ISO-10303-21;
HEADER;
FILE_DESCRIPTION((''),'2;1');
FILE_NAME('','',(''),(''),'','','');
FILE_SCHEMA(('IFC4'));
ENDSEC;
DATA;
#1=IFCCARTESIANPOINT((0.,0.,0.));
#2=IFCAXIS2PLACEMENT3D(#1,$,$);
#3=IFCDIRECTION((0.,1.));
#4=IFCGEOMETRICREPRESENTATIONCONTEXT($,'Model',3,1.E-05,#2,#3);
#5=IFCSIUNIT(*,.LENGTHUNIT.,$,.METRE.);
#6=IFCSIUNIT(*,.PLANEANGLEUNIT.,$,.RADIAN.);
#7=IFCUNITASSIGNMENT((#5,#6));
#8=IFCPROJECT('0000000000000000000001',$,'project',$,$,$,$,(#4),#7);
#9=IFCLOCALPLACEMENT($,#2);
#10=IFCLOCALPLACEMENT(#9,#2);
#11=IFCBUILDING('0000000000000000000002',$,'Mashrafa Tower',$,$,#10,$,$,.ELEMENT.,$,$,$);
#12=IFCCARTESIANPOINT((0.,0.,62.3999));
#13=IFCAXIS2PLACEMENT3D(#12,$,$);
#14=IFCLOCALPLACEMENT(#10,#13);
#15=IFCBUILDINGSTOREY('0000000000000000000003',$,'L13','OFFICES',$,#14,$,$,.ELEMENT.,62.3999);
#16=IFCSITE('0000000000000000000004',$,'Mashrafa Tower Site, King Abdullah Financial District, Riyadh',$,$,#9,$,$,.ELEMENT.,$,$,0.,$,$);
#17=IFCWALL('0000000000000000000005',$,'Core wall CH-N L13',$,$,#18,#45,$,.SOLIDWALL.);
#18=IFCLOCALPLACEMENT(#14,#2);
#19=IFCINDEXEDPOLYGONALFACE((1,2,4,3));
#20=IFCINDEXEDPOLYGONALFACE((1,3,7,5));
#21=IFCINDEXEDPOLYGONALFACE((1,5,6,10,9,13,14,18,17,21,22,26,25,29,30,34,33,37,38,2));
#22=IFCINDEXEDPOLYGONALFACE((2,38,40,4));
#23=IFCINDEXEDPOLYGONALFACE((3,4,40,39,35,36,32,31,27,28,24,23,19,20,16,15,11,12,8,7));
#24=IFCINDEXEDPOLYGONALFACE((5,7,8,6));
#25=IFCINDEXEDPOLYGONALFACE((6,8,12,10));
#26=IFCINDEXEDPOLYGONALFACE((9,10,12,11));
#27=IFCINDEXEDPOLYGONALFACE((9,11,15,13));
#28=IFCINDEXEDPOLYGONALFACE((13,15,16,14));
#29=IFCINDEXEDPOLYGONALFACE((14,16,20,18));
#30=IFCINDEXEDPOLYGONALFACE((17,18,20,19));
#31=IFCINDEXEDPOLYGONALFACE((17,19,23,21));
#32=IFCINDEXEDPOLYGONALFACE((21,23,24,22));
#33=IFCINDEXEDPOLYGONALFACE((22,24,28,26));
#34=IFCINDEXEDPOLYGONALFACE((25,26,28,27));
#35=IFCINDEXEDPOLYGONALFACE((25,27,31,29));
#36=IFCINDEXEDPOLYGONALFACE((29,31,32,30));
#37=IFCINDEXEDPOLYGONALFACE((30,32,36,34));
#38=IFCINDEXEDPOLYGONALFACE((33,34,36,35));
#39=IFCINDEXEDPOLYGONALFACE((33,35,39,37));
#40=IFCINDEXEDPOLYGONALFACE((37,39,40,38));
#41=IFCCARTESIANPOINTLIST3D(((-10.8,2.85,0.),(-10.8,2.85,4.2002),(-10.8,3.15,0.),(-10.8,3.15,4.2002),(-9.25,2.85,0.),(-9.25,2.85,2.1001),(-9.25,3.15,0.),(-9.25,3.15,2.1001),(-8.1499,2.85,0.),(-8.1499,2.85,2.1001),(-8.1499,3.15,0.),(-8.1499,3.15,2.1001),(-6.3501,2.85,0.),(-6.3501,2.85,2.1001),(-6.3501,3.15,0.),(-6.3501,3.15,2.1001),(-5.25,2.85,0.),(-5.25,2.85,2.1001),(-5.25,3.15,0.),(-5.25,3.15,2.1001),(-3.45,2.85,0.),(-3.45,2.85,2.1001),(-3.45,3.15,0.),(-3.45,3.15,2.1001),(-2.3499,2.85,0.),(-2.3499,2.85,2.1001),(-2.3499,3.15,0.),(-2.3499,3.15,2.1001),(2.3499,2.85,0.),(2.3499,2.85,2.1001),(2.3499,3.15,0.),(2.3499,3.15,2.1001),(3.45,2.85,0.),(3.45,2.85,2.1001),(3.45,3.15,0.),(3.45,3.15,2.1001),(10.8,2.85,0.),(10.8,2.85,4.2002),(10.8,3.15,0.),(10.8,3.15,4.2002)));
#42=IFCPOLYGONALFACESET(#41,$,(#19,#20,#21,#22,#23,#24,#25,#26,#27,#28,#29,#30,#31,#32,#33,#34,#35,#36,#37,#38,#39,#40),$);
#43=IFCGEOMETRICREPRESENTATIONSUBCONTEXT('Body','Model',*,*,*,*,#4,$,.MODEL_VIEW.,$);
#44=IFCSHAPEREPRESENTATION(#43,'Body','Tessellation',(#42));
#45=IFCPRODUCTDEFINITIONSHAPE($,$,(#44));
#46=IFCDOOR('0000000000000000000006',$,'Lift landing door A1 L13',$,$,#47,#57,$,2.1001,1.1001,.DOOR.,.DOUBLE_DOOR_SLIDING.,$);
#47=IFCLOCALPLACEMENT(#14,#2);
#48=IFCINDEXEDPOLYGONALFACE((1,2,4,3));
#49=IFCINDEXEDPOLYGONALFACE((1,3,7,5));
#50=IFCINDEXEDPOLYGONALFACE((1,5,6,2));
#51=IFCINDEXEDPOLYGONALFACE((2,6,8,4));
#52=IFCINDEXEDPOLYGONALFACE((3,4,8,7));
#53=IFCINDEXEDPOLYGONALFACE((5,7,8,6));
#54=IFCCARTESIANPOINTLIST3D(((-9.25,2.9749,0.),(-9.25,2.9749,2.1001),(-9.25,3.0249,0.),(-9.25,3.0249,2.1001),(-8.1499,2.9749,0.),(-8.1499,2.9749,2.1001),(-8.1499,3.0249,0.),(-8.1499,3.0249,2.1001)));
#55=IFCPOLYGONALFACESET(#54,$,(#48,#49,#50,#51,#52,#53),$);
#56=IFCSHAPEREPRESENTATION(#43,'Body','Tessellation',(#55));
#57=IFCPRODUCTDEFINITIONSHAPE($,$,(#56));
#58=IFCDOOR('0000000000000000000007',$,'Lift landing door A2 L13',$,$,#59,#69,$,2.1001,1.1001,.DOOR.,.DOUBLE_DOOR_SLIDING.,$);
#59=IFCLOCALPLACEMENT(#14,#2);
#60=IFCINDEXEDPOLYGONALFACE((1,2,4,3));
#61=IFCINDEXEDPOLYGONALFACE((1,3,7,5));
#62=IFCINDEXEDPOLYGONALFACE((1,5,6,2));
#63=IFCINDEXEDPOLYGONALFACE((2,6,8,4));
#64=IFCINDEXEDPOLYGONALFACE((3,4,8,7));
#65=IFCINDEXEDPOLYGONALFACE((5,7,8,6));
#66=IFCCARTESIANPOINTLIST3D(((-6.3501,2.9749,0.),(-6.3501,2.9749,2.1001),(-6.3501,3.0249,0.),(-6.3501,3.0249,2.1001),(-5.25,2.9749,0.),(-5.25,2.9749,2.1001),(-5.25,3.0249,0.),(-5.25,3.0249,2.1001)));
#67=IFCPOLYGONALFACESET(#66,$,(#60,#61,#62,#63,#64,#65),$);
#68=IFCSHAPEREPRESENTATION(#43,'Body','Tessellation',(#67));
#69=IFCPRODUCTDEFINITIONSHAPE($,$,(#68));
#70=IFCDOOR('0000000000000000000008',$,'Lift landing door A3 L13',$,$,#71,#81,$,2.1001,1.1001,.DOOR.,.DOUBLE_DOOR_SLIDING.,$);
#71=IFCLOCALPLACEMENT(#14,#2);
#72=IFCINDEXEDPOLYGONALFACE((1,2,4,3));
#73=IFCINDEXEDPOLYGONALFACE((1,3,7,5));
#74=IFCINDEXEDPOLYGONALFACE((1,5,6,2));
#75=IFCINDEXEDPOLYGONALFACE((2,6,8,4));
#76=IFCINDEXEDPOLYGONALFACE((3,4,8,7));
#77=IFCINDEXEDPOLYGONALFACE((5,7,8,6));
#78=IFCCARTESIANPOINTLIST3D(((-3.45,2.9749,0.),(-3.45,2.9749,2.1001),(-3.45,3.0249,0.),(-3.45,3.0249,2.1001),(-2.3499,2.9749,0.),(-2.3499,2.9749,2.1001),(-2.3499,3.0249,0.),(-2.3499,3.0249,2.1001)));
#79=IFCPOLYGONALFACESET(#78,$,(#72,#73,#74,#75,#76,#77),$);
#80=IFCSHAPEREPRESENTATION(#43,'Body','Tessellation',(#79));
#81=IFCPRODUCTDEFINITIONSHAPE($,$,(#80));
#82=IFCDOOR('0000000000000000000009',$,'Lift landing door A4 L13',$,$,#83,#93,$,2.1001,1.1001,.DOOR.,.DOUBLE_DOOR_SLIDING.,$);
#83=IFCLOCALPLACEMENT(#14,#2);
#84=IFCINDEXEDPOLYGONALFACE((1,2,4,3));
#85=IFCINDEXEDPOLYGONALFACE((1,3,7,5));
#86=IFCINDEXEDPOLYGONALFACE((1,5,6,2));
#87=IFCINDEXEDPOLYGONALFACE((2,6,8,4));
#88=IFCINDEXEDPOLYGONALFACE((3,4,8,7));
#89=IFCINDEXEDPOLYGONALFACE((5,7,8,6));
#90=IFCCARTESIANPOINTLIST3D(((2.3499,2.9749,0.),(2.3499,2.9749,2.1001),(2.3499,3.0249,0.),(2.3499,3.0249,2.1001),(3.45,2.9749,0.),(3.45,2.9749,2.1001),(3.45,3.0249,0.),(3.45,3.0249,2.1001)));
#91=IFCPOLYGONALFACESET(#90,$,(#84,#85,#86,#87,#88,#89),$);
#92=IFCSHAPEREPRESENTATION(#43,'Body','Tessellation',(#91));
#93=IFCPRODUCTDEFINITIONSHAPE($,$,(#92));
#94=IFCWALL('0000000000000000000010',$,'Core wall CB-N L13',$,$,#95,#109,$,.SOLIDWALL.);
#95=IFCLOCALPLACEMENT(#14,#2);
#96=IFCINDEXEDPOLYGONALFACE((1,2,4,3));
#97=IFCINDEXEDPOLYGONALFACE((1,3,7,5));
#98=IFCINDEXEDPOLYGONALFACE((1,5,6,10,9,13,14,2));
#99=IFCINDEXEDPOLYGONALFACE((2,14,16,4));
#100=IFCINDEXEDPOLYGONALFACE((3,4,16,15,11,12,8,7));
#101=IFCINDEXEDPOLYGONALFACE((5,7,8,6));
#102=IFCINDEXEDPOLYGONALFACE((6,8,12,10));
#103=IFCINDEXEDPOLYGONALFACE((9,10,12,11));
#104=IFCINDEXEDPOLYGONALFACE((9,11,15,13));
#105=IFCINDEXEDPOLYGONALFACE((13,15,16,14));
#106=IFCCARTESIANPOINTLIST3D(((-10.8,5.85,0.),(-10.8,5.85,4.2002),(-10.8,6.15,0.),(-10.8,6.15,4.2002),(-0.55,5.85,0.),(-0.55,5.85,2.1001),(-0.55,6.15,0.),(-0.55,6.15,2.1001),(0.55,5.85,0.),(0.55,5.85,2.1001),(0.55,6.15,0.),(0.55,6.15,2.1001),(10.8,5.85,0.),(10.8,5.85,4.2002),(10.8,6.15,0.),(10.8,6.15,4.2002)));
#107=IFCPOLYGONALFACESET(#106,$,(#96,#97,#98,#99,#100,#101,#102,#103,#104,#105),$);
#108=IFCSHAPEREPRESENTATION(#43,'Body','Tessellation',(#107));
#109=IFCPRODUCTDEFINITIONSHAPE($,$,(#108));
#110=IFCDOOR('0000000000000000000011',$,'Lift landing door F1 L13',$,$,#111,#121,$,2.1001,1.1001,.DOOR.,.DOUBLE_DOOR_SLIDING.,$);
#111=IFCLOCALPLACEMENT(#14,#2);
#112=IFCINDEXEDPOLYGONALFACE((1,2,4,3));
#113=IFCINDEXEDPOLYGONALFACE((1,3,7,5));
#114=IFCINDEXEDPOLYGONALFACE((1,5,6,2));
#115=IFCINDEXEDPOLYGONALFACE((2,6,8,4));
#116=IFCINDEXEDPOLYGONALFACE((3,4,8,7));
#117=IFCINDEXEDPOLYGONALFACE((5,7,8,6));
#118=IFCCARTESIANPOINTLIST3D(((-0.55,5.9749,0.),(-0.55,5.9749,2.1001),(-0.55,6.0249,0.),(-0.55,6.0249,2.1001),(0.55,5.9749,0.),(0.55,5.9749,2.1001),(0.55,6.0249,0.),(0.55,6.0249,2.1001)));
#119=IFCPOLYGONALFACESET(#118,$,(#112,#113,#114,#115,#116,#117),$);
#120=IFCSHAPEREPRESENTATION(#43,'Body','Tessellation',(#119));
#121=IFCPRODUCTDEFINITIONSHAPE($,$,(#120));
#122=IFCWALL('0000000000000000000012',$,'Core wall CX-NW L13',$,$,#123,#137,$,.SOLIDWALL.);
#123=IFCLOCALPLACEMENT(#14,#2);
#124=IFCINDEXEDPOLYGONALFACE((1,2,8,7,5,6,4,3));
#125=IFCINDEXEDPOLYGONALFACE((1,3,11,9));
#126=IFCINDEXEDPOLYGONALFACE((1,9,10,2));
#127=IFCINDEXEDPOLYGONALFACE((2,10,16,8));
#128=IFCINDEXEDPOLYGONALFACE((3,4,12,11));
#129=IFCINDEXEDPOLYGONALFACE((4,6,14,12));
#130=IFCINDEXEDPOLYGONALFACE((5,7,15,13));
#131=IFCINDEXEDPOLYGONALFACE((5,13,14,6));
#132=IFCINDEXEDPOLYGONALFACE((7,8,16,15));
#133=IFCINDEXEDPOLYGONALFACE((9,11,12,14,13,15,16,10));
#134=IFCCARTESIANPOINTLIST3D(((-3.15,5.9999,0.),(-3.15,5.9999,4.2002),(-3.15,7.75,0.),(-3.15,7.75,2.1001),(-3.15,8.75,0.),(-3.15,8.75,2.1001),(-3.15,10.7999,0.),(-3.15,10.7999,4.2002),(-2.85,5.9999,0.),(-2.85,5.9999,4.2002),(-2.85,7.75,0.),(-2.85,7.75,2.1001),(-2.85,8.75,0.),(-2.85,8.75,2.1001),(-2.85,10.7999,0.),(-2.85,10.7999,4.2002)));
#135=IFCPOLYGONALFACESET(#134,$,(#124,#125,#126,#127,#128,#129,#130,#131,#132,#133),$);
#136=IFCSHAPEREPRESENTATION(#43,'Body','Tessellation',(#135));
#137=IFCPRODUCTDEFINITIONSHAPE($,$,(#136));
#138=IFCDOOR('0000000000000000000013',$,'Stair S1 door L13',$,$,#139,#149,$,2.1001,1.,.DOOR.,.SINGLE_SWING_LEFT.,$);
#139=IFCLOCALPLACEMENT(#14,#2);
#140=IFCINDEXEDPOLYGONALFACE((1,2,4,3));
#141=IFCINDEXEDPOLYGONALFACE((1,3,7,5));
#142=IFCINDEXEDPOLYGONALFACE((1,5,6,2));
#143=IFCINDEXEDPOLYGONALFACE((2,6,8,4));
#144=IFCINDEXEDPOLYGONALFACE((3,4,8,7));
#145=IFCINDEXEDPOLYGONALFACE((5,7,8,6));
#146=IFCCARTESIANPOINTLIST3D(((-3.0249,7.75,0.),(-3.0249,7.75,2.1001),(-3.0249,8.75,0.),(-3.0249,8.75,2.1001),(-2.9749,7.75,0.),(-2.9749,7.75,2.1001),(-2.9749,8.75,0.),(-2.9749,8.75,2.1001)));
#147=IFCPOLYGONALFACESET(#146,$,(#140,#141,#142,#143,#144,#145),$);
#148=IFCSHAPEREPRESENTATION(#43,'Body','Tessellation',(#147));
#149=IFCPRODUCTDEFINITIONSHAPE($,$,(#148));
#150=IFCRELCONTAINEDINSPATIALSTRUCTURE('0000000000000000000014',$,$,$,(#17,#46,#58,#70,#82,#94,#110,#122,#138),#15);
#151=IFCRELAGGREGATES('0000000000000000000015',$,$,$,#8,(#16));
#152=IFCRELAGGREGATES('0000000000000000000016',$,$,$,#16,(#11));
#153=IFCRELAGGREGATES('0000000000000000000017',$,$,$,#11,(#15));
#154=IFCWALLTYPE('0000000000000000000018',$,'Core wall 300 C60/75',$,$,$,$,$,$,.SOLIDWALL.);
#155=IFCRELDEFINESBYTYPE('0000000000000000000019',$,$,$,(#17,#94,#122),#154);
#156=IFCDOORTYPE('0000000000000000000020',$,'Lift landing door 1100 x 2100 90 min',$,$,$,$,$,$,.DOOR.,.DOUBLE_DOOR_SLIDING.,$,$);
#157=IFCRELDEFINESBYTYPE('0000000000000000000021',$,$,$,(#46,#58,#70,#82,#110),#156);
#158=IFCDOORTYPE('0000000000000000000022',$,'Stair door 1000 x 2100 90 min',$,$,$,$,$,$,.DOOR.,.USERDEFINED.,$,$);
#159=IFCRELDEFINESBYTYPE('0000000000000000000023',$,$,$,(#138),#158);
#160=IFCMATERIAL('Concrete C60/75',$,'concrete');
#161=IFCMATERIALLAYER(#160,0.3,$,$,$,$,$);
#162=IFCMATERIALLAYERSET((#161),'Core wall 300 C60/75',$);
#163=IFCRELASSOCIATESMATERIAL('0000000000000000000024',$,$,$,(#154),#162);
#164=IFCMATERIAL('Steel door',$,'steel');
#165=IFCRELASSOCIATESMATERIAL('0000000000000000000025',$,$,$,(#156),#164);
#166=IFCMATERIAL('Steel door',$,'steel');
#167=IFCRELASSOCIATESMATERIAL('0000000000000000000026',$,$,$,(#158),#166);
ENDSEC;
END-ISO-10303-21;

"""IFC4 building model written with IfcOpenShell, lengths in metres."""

from ifc_helpers import new_model, si_unit, direction, frame, frame_2d, origin, place, context, subcontext, project, spatial, rectangle, extrude, material, layer, layer_set, type_object, element, fill, save


model = new_model("IFC4")

# Units and contexts
model_context = context("Model", 3, precision=1e-05, world=origin(), true_north=direction((0.0, 1.0)))
body_context = subcontext(model_context, "Body", "Model", "MODEL_VIEW")
ifc_project = project(units=[si_unit("LENGTHUNIT", "METRE"), si_unit("PLANEANGLEUNIT", "RADIAN")], contexts=[model_context])

# Site, building, storey
site_placement = place(None, origin())
site = spatial("IfcSite", under=ifc_project, at=site_placement, Name="Mashrafa Tower Site, King Abdullah Financial District, Riyadh", CompositionType="ELEMENT", RefElevation=0.0)
building_placement = place(site_placement, origin())
building = spatial("IfcBuilding", under=site, at=building_placement, Name="Mashrafa Tower", CompositionType="ELEMENT")
storey_placement = place(building_placement, frame((0.0, 0.0, 62.3999)))
storey = spatial("IfcBuildingStorey", under=building, at=storey_placement, Name="L13", Description="OFFICES", CompositionType="ELEMENT", Elevation=62.3999)

# Wall, openings, doors
ifc_material_1 = material(Name="Concrete C60/75", Category="concrete")
ifc_layer_1 = layer(ifc_material_1, 0.3)
ifc_layer_set_1 = layer_set([ifc_layer_1], Name="Core wall 300 C60/75")
wall_type_1 = type_object("IfcWallType", Name="Core wall 300 C60/75", PredefinedType="SOLIDWALL", material=ifc_layer_set_1)
wall_1_placement = place(storey_placement, frame((-10.8, 3.0, 0.0), z_axis=(0.0, 0.0, 1.0), x_axis=(1.0, 0.0, 0.0)))
wall_1 = element("IfcWall", 1, at=wall_1_placement, inside=storey, type_object=wall_type_1, Name="Core wall CH-N L13", PredefinedType="SOLIDWALL", context=body_context, shape_type="SweptSolid", body=[
    extrude(rectangle(XDim=21.6001, YDim=0.3, at=frame_2d((10.8, 0.0))), origin(), (0.0, 0.0, 1.0), 4.2002),
])
opening_1_placement = place(wall_1_placement, frame((1.55, 0.0, 0.0)))
opening_1 = element("IfcOpeningElement", 2, at=opening_1_placement, cuts=wall_1, PredefinedType="OPENING", context=body_context, shape_type="SweptSolid", body=[
    extrude(rectangle(XDim=1.1001, YDim=2.1001, at=frame_2d((0.55, 1.05))), frame((0.0, 0.1599, 0.0), z_axis=(0.0, -1.0, 0.0), x_axis=(1.0, 0.0, 0.0)), (0.0, 0.0, 1.0), 0.3201),
])
opening_2_placement = place(wall_1_placement, frame((4.45, 0.0, 0.0)))
opening_2 = element("IfcOpeningElement", 3, at=opening_2_placement, cuts=wall_1, PredefinedType="OPENING", context=body_context, shape_type="SweptSolid", body=[
    extrude(rectangle(XDim=1.1001, YDim=2.1001, at=frame_2d((0.55, 1.05))), frame((0.0, 0.1599, 0.0), z_axis=(0.0, -1.0, 0.0), x_axis=(1.0, 0.0, 0.0)), (0.0, 0.0, 1.0), 0.3201),
])
opening_3_placement = place(wall_1_placement, frame((7.3501, 0.0, 0.0)))
opening_3 = element("IfcOpeningElement", 4, at=opening_3_placement, cuts=wall_1, PredefinedType="OPENING", context=body_context, shape_type="SweptSolid", body=[
    extrude(rectangle(XDim=1.1001, YDim=2.1001, at=frame_2d((0.55, 1.05))), frame((0.0, 0.1599, 0.0), z_axis=(0.0, -1.0, 0.0), x_axis=(1.0, 0.0, 0.0)), (0.0, 0.0, 1.0), 0.3201),
])
opening_4_placement = place(wall_1_placement, frame((13.1499, 0.0, 0.0)))
opening_4 = element("IfcOpeningElement", 5, at=opening_4_placement, cuts=wall_1, PredefinedType="OPENING", context=body_context, shape_type="SweptSolid", body=[
    extrude(rectangle(XDim=1.1001, YDim=2.1001, at=frame_2d((0.55, 1.05))), frame((0.0, 0.1599, 0.0), z_axis=(0.0, -1.0, 0.0), x_axis=(1.0, 0.0, 0.0)), (0.0, 0.0, 1.0), 0.3201),
])
ifc_material_2 = material(Name="Steel door", Category="steel")
door_type_1 = type_object("IfcDoorType", Name="Lift landing door 1100 x 2100 90 min", OperationType="DOUBLE_DOOR_SLIDING", PredefinedType="DOOR", material=ifc_material_2)
door_1_placement = place(opening_1_placement, origin())
door_1 = element("IfcDoor", 6, at=door_1_placement, inside=storey, type_object=door_type_1, Name="Lift landing door A1 L13", OperationType="DOUBLE_DOOR_SLIDING", OverallHeight=2.1001, OverallWidth=1.1001, PredefinedType="DOOR", context=body_context, shape_type="SweptSolid", body=[
    extrude(rectangle(XDim=1.1001, YDim=2.1001, at=frame_2d((0.55, 1.05))), frame((0.0, 0.0249, 0.0), z_axis=(0.0, -1.0, 0.0), x_axis=(1.0, 0.0, 0.0)), (0.0, 0.0, 1.0), 0.05),
])
fill(opening_1, door_1)
door_2_placement = place(opening_2_placement, origin())
door_2 = element("IfcDoor", 7, at=door_2_placement, inside=storey, type_object=door_type_1, Name="Lift landing door A2 L13", OperationType="DOUBLE_DOOR_SLIDING", OverallHeight=2.1001, OverallWidth=1.1001, PredefinedType="DOOR", context=body_context, shape_type="SweptSolid", body=[
    extrude(rectangle(XDim=1.1001, YDim=2.1001, at=frame_2d((0.55, 1.05))), frame((0.0, 0.0249, 0.0), z_axis=(0.0, -1.0, 0.0), x_axis=(1.0, 0.0, 0.0)), (0.0, 0.0, 1.0), 0.05),
])
fill(opening_2, door_2)
door_3_placement = place(opening_3_placement, origin())
door_3 = element("IfcDoor", 8, at=door_3_placement, inside=storey, type_object=door_type_1, Name="Lift landing door A3 L13", OperationType="DOUBLE_DOOR_SLIDING", OverallHeight=2.1001, OverallWidth=1.1001, PredefinedType="DOOR", context=body_context, shape_type="SweptSolid", body=[
    extrude(rectangle(XDim=1.1001, YDim=2.1001, at=frame_2d((0.55, 1.05))), frame((0.0, 0.0249, 0.0), z_axis=(0.0, -1.0, 0.0), x_axis=(1.0, 0.0, 0.0)), (0.0, 0.0, 1.0), 0.05),
])
fill(opening_3, door_3)
door_4_placement = place(opening_4_placement, origin())
door_4 = element("IfcDoor", 9, at=door_4_placement, inside=storey, type_object=door_type_1, Name="Lift landing door A4 L13", OperationType="DOUBLE_DOOR_SLIDING", OverallHeight=2.1001, OverallWidth=1.1001, PredefinedType="DOOR", context=body_context, shape_type="SweptSolid", body=[
    extrude(rectangle(XDim=1.1001, YDim=2.1001, at=frame_2d((0.55, 1.05))), frame((0.0, 0.0249, 0.0), z_axis=(0.0, -1.0, 0.0), x_axis=(1.0, 0.0, 0.0)), (0.0, 0.0, 1.0), 0.05),
])
fill(opening_4, door_4)

# Walls, openings, doors
wall_2_placement = place(storey_placement, frame((-10.8, 6.0, 0.0), z_axis=(0.0, 0.0, 1.0), x_axis=(1.0, 0.0, 0.0)))
wall_2 = element("IfcWall", 10, at=wall_2_placement, inside=storey, type_object=wall_type_1, Name="Core wall CB-N L13", PredefinedType="SOLIDWALL", context=body_context, shape_type="SweptSolid", body=[
    extrude(rectangle(XDim=21.6001, YDim=0.3, at=frame_2d((10.8, 0.0))), origin(), (0.0, 0.0, 1.0), 4.2002),
])
opening_5_placement = place(wall_2_placement, frame((10.25, 0.0, 0.0)))
opening_5 = element("IfcOpeningElement", 11, at=opening_5_placement, cuts=wall_2, PredefinedType="OPENING", context=body_context, shape_type="SweptSolid", body=[
    extrude(rectangle(XDim=1.1001, YDim=2.1001, at=frame_2d((0.55, 1.05))), frame((0.0, 0.1599, 0.0), z_axis=(0.0, -1.0, 0.0), x_axis=(1.0, 0.0, 0.0)), (0.0, 0.0, 1.0), 0.3201),
])
door_5_placement = place(opening_5_placement, origin())
door_5 = element("IfcDoor", 12, at=door_5_placement, inside=storey, type_object=door_type_1, Name="Lift landing door F1 L13", OperationType="DOUBLE_DOOR_SLIDING", OverallHeight=2.1001, OverallWidth=1.1001, PredefinedType="DOOR", context=body_context, shape_type="SweptSolid", body=[
    extrude(rectangle(XDim=1.1001, YDim=2.1001, at=frame_2d((0.55, 1.05))), frame((0.0, 0.0249, 0.0), z_axis=(0.0, -1.0, 0.0), x_axis=(1.0, 0.0, 0.0)), (0.0, 0.0, 1.0), 0.05),
])
fill(opening_5, door_5)
wall_3_placement = place(storey_placement, frame((-3.0, 6.0, 0.0), z_axis=(0.0, 0.0, 1.0), x_axis=(0.0, 1.0, 0.0)))
wall_3 = element("IfcWall", 13, at=wall_3_placement, inside=storey, type_object=wall_type_1, Name="Core wall CX-NW L13", PredefinedType="SOLIDWALL", context=body_context, shape_type="SweptSolid", body=[
    extrude(rectangle(XDim=4.8, YDim=0.3, at=frame_2d((2.3999, 0.0))), origin(), (0.0, 0.0, 1.0), 4.2002),
])
opening_6_placement = place(wall_3_placement, frame((1.75, 0.0, 0.0)))
opening_6 = element("IfcOpeningElement", 14, at=opening_6_placement, cuts=wall_3, PredefinedType="OPENING", context=body_context, shape_type="SweptSolid", body=[
    extrude(rectangle(XDim=1.0, YDim=2.1001, at=frame_2d((0.5, 1.05))), frame((0.0, 0.1599, 0.0), z_axis=(0.0, -1.0, 0.0), x_axis=(1.0, 0.0, 0.0)), (0.0, 0.0, 1.0), 0.3201),
])
ifc_material_3 = material(Name="Steel door", Category="steel")
door_type_2 = type_object("IfcDoorType", Name="Stair door 1000 x 2100 90 min", OperationType="USERDEFINED", PredefinedType="DOOR", material=ifc_material_3)
door_6_placement = place(opening_6_placement, origin())
door_6 = element("IfcDoor", 15, at=door_6_placement, inside=storey, type_object=door_type_2, Name="Stair S1 door L13", OperationType="SINGLE_SWING_LEFT", OverallHeight=2.1001, OverallWidth=1.0, PredefinedType="DOOR", context=body_context, shape_type="SweptSolid", body=[
    extrude(rectangle(XDim=1.0, YDim=2.1001, at=frame_2d((0.5, 1.05))), frame((0.0, 0.0249, 0.0), z_axis=(0.0, -1.0, 0.0), x_axis=(1.0, 0.0, 0.0)), (0.0, 0.0, 1.0), 0.05),
])
fill(opening_6, door_6)

save(model, "model.ifc")
